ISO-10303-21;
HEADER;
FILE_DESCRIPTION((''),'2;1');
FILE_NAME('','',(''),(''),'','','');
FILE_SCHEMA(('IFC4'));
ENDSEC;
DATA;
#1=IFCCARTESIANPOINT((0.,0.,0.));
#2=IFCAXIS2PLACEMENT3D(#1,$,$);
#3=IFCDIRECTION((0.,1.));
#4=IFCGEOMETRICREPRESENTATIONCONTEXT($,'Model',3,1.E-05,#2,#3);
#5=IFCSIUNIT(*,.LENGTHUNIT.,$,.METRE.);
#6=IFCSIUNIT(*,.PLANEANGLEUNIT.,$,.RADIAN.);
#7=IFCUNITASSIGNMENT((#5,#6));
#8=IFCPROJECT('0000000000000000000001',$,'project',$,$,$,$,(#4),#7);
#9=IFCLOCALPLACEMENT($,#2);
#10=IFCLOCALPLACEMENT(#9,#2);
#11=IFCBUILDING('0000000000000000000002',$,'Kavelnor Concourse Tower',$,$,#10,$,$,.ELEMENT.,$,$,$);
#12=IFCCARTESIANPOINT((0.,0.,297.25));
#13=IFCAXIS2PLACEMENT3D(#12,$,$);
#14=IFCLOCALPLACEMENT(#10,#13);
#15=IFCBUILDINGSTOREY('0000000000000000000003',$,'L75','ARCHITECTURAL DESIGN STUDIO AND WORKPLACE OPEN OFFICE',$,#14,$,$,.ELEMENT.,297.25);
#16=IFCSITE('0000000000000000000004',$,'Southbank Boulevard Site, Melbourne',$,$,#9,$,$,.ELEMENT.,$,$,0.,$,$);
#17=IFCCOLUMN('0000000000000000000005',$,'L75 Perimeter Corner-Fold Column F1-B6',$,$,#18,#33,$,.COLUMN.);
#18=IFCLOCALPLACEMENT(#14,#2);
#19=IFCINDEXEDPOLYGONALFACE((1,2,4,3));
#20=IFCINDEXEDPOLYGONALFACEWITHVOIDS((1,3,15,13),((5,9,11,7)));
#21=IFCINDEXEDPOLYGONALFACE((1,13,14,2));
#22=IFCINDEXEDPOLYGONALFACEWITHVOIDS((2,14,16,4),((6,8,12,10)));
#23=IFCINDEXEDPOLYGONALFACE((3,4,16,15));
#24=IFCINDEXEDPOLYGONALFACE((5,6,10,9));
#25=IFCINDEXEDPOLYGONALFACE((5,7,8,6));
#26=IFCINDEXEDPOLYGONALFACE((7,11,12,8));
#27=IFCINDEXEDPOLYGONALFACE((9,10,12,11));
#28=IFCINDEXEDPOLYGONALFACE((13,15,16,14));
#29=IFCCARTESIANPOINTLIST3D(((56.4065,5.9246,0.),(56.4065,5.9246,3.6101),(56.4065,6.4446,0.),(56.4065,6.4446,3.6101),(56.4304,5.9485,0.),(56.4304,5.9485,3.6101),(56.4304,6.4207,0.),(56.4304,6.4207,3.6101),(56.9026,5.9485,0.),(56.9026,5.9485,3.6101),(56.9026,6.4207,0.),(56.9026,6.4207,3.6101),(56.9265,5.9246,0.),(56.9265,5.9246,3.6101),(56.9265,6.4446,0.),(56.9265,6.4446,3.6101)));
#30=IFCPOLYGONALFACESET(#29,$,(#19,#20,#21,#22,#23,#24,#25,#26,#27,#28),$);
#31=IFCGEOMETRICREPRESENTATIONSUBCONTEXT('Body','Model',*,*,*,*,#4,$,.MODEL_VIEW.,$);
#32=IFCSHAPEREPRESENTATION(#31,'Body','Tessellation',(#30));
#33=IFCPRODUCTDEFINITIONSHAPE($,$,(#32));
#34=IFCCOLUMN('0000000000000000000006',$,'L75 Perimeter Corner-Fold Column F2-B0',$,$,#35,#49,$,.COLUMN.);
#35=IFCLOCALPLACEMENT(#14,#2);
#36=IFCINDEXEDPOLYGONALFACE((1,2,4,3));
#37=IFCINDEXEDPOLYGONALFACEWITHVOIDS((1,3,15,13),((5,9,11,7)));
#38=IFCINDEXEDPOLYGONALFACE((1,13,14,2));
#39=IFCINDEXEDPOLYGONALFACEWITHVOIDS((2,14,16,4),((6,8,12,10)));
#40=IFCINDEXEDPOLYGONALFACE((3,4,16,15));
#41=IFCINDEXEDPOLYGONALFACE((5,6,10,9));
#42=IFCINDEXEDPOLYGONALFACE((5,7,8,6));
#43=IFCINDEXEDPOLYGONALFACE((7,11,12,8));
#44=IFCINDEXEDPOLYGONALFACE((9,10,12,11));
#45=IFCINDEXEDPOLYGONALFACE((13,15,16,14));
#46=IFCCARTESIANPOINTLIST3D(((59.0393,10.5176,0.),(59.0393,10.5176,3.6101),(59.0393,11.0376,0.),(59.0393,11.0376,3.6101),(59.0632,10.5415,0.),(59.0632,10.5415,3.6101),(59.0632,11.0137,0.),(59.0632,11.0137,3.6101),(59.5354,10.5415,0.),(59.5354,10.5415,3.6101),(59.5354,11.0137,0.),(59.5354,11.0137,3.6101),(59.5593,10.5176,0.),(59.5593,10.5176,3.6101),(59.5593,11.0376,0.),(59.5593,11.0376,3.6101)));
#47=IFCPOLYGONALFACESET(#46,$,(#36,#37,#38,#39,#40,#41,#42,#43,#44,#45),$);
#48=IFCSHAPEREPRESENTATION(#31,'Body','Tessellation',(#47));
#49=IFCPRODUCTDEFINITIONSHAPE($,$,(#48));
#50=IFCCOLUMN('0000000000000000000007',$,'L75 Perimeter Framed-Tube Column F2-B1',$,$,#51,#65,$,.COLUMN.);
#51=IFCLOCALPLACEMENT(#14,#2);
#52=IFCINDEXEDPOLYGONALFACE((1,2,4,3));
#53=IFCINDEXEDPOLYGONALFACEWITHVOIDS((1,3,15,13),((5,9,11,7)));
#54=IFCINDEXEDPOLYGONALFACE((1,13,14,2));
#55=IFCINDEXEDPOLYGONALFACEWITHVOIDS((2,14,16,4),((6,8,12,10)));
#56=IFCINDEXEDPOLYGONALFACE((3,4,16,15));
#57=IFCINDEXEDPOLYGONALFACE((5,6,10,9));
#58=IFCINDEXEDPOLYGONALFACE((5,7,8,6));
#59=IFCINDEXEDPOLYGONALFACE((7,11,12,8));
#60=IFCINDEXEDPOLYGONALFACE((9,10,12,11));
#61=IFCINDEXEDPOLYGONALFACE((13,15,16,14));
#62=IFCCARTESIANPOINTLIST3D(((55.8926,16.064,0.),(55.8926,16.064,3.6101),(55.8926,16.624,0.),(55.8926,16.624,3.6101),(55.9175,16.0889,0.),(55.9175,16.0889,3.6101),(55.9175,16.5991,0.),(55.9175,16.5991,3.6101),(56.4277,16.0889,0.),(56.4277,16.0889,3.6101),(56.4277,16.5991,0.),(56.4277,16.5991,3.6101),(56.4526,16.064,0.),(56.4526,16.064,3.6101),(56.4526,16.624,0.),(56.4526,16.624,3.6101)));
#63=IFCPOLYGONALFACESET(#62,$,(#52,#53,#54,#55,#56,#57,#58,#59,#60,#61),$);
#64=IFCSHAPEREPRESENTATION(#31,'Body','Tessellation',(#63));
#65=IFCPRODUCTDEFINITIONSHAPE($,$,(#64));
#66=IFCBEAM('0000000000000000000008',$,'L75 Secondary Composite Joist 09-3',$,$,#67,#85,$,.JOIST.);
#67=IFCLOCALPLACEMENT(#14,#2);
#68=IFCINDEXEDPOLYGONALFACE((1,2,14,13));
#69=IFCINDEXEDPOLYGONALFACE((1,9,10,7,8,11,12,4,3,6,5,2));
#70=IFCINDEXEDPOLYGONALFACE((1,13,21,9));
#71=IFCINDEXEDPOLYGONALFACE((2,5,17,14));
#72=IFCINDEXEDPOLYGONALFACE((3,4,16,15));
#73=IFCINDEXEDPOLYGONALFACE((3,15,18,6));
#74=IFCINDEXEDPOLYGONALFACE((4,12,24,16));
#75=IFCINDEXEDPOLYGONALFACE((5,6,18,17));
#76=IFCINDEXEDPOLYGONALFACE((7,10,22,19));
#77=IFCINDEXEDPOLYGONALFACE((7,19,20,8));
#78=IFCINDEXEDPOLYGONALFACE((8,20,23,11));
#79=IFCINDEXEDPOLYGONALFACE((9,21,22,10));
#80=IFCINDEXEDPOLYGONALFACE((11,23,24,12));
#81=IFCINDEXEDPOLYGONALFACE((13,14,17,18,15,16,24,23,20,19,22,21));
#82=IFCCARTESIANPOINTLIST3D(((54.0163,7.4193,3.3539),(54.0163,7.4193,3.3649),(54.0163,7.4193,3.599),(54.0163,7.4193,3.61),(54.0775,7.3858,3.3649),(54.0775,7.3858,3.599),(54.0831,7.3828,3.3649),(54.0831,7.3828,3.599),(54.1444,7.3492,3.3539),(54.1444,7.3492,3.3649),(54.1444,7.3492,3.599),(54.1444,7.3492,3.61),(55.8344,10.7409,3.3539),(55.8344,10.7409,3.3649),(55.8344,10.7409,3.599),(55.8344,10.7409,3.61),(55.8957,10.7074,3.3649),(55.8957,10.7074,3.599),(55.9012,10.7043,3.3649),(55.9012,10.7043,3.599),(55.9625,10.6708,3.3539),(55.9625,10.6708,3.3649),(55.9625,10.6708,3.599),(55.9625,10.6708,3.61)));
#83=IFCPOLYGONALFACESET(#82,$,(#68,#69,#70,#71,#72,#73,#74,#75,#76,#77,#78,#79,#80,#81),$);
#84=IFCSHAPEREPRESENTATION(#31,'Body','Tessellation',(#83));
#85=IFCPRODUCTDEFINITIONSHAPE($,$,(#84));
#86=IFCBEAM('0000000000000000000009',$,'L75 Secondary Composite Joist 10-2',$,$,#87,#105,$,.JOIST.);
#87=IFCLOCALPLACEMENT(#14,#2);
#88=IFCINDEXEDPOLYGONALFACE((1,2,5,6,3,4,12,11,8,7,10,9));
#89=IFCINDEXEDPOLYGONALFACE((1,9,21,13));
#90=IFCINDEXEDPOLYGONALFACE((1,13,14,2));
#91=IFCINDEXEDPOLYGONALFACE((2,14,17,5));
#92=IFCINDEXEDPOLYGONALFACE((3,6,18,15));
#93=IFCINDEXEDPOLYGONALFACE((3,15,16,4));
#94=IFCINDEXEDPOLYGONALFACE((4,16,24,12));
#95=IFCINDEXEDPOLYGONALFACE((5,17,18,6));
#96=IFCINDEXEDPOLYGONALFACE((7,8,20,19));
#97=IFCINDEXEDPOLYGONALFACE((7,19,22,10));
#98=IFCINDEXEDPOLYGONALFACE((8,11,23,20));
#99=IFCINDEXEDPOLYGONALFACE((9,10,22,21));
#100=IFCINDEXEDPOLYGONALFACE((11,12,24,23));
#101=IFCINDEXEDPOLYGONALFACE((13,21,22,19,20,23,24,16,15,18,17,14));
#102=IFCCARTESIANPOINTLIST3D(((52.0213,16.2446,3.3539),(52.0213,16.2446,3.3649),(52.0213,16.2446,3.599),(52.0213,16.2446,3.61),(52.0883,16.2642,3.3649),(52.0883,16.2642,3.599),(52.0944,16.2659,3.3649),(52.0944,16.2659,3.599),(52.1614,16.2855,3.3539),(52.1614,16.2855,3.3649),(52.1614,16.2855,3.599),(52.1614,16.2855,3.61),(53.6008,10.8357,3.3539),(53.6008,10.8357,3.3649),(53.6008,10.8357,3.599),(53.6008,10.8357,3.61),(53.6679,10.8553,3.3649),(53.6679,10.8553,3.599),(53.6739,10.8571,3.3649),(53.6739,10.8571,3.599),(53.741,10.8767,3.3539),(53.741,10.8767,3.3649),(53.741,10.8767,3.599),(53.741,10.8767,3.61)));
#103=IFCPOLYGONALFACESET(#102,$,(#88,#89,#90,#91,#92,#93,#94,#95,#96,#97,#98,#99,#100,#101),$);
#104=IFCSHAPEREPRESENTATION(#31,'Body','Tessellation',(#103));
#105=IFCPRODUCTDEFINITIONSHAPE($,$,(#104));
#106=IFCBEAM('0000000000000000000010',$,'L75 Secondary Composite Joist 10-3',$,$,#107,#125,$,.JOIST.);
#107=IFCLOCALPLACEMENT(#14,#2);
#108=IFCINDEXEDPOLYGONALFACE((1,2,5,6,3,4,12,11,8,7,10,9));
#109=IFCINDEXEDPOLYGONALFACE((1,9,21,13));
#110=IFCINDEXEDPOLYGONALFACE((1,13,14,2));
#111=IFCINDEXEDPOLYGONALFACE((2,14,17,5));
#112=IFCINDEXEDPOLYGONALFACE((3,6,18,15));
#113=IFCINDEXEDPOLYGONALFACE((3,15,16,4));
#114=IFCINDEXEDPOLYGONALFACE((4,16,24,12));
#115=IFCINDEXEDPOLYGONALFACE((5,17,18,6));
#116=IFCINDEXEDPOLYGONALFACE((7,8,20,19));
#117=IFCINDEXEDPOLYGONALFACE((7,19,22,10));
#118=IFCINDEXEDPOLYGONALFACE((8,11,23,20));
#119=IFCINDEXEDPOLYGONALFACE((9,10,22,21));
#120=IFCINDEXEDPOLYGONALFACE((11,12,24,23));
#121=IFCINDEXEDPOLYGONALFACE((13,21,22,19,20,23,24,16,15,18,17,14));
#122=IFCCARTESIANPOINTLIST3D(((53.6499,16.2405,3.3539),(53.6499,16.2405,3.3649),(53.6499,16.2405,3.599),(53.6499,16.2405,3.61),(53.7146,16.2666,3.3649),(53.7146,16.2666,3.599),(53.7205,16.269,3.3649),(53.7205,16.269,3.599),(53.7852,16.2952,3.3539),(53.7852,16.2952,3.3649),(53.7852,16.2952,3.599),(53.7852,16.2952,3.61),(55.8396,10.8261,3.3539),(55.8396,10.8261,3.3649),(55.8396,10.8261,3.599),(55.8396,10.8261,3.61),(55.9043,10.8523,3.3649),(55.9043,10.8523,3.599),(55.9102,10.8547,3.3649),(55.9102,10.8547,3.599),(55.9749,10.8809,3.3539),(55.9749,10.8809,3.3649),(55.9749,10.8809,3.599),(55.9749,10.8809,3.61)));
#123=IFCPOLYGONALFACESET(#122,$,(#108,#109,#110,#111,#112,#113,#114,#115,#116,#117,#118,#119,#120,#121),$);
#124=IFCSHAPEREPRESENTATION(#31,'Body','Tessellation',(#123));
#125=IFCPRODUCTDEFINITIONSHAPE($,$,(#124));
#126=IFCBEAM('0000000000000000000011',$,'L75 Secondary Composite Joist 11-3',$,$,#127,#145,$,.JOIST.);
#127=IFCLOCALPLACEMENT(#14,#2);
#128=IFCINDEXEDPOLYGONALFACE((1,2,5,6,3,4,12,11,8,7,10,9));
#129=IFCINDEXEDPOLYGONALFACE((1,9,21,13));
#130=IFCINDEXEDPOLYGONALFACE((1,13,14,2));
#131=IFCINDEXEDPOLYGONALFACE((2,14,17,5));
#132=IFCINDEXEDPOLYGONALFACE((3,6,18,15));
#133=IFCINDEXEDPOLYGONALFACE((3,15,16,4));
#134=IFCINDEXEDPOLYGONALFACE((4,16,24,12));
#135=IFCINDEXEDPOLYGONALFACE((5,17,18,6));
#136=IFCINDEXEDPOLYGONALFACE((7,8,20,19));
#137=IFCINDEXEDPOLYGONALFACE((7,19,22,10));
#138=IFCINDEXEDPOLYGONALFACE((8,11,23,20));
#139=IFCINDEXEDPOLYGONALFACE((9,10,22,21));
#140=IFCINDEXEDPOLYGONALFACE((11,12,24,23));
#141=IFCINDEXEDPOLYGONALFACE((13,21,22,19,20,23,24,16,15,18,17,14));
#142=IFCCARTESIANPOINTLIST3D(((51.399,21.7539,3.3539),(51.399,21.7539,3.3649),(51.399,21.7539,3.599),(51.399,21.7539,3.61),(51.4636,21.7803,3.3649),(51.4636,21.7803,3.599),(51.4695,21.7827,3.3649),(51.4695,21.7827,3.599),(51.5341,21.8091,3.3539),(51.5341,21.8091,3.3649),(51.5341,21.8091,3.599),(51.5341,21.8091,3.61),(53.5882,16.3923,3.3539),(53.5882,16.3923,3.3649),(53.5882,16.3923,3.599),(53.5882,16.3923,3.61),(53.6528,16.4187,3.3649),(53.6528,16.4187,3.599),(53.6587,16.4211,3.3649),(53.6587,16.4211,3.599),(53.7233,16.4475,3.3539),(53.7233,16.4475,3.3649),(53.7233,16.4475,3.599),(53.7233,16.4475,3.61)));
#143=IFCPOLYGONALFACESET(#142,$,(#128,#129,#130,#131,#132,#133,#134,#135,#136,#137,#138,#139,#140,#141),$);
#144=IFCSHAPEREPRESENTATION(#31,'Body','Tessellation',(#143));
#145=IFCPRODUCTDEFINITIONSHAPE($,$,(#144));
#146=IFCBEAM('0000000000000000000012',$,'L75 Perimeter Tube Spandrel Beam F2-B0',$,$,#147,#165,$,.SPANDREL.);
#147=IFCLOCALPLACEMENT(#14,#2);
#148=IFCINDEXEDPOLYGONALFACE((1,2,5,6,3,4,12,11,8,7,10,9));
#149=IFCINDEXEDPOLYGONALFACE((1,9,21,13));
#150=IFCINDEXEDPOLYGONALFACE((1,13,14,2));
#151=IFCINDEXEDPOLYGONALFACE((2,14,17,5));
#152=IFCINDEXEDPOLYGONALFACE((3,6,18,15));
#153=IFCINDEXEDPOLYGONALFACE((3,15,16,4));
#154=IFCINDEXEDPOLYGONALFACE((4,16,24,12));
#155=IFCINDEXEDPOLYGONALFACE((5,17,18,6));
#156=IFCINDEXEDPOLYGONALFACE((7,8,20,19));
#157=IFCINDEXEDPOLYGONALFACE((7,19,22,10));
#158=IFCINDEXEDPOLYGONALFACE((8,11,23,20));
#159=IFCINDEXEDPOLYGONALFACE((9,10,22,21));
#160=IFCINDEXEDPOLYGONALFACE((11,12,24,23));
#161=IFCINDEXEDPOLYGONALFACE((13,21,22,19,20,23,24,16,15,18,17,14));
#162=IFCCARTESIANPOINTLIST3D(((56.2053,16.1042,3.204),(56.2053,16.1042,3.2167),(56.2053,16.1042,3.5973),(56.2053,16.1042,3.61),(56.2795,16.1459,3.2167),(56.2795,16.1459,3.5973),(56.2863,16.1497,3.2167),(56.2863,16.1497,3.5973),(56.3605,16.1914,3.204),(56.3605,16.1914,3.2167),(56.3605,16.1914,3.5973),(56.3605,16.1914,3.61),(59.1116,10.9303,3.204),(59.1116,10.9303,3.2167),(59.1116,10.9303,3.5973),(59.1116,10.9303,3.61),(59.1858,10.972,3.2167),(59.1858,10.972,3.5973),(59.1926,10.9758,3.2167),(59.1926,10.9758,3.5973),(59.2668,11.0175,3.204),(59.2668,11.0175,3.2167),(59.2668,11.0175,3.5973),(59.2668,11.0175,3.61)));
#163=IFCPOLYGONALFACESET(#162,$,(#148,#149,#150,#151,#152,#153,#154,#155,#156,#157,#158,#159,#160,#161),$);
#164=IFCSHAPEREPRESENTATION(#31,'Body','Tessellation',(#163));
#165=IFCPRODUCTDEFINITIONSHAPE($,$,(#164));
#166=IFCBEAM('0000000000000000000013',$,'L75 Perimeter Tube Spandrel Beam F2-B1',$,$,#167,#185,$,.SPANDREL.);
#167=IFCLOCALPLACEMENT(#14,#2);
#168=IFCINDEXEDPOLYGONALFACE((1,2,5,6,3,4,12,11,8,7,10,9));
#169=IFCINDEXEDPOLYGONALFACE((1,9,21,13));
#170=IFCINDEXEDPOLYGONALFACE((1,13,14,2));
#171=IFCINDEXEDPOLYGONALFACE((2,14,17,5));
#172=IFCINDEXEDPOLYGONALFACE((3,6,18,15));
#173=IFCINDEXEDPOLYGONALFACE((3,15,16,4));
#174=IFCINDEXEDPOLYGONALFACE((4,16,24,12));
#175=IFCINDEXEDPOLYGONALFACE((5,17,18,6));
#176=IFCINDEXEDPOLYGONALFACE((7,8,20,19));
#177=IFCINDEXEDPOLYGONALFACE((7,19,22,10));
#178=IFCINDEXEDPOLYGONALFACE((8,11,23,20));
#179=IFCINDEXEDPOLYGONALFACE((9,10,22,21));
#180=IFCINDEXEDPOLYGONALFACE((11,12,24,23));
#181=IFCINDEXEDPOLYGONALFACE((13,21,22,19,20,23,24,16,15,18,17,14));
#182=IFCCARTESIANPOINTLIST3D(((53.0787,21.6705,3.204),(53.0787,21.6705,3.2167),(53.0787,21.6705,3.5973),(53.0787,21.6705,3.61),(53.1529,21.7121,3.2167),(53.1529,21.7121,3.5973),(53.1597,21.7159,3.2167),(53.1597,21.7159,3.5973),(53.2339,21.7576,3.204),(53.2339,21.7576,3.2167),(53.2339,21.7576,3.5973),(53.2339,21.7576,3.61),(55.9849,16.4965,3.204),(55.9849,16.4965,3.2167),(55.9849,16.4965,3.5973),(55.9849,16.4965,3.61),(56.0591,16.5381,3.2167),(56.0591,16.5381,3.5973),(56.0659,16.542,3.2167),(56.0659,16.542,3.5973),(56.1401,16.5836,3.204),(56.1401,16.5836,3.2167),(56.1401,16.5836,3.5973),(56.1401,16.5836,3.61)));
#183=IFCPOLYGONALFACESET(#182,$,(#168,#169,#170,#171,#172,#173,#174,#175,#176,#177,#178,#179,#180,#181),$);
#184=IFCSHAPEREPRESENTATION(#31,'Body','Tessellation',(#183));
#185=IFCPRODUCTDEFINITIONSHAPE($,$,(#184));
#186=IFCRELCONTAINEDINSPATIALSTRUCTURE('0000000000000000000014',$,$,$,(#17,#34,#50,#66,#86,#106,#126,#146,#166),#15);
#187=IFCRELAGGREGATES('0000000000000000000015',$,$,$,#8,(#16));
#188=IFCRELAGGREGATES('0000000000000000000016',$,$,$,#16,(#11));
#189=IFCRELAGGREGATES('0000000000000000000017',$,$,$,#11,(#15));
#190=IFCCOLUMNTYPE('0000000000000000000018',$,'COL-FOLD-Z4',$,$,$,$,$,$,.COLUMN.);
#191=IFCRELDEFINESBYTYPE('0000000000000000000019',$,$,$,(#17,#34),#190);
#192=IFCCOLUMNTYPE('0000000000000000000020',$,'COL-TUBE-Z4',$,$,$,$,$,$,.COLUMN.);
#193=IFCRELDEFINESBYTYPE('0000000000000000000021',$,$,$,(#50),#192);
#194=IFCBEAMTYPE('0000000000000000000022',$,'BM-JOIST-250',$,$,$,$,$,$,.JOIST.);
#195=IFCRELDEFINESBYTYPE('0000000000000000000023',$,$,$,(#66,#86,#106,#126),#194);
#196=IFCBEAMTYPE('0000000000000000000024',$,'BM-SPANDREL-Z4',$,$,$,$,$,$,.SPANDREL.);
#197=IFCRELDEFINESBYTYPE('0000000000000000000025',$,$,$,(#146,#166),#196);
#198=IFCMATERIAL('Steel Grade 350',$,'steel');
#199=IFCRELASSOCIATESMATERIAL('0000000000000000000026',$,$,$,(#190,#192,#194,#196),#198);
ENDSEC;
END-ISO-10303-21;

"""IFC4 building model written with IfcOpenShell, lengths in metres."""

from ifc_helpers import new_model, si_unit, direction, frame, origin, origin_2d, place, context, subcontext, project, spatial, hollow_rectangle, i_section, extrude, material, material_profile, profile_set, type_object, element, save


model = new_model("IFC4")

# Units and contexts
model_context = context("Model", 3, precision=1e-05, world=origin(), true_north=direction((0.0, 1.0)))
body_context = subcontext(model_context, "Body", "Model", "MODEL_VIEW")
ifc_project = project(units=[si_unit("LENGTHUNIT", "METRE"), si_unit("PLANEANGLEUNIT", "RADIAN")], contexts=[model_context])

# Site, building, storey
site_placement = place(None, origin())
site = spatial("IfcSite", under=ifc_project, at=site_placement, Name="Southbank Boulevard Site, Melbourne", CompositionType="ELEMENT", RefElevation=0.0)
building_placement = place(site_placement, origin())
building = spatial("IfcBuilding", under=site, at=building_placement, Name="Kavelnor Concourse Tower", CompositionType="ELEMENT")
storey_placement = place(building_placement, frame((0.0, 0.0, 297.25)))
storey = spatial("IfcBuildingStorey", under=building, at=storey_placement, Name="L75", Description="ARCHITECTURAL DESIGN STUDIO AND WORKPLACE OPEN OFFICE", CompositionType="ELEMENT", Elevation=297.25)

# Columns
ifc_material_1 = material(Name="Steel Grade 350", Category="steel")
ifc_material_profile_1 = material_profile(ifc_material_1, hollow_rectangle(XDim=0.52, YDim=0.52, WallThickness=0.0239, at=origin_2d()), Name="SHS 520x520x24")
ifc_profile_set_1 = profile_set([ifc_material_profile_1], Name="Steel Grade 350")
column_type_1 = type_object("IfcColumnType", Name="COL-FOLD-Z4", PredefinedType="COLUMN", material=ifc_profile_set_1)
for number, where, z_axis, x_axis, name in (
    (1, (56.6665, 6.1846, 0.0), (0.0, 0.0, 1.0), (1.0, 0.0, 0.0), "L75 Perimeter Corner-Fold Column F1-B6"),
    (2, (59.2993, 10.7776, 0.0), (0.0, 0.0, 1.0), (1.0, 0.0, 0.0), "L75 Perimeter Corner-Fold Column F2-B0"),
):
    element("IfcColumn", number, at=place(storey_placement, frame(where, z_axis=z_axis, x_axis=x_axis)), inside=storey, type_object=column_type_1, Name=name, PredefinedType="COLUMN", context=body_context, shape_type="SweptSolid", body=[
        extrude(hollow_rectangle(XDim=0.52, YDim=0.52, WallThickness=0.0239, at=origin_2d()), origin(), (0.0, 0.0, 1.0), 3.6101),
    ])
ifc_material_profile_2 = material_profile(ifc_material_1, hollow_rectangle(XDim=0.5601, YDim=0.5601, WallThickness=0.0249, at=origin_2d()), Name="SHS 560x560x25")
ifc_profile_set_2 = profile_set([ifc_material_profile_2], Name="Steel Grade 350")
column_type_2 = type_object("IfcColumnType", Name="COL-TUBE-Z4", PredefinedType="COLUMN", material=ifc_profile_set_2)
column_placement = place(storey_placement, frame((56.1726, 16.344, 0.0), z_axis=(0.0, 0.0, 1.0), x_axis=(1.0, 0.0, 0.0)))
element("IfcColumn", 3, at=column_placement, inside=storey, type_object=column_type_2, Name="L75 Perimeter Framed-Tube Column F2-B1", PredefinedType="COLUMN", context=body_context, shape_type="SweptSolid", body=[
    extrude(hollow_rectangle(XDim=0.5601, YDim=0.5601, WallThickness=0.0249, at=origin_2d()), origin(), (0.0, 0.0, 1.0), 3.6101),
])

# Beams
ifc_material_profile_3 = material_profile(ifc_material_1, i_section(OverallWidth=0.146, OverallDepth=0.2561, WebThickness=0.0063, FlangeThickness=0.011, at=origin_2d()), Name="250UB37")
ifc_profile_set_3 = profile_set([ifc_material_profile_3], Name="Steel Grade 350")
beam_type_1 = type_object("IfcBeamType", Name="BM-JOIST-250", PredefinedType="JOIST", material=ifc_profile_set_3)
beam_1_placement = place(storey_placement, frame((54.0803, 7.3843, 3.4819), z_axis=(0.480148, 0.877187, 0.0), x_axis=(-0.877187, 0.480148, 0.0)))
element("IfcBeam", 4, at=beam_1_placement, inside=storey, type_object=beam_type_1, Name="L75 Secondary Composite Joist 09-3", PredefinedType="JOIST", context=body_context, shape_type="SweptSolid", body=[
    extrude(i_section(OverallWidth=0.146, OverallDepth=0.2561, WebThickness=0.0063, FlangeThickness=0.011, at=origin_2d()), origin(), (0.0, 0.0, 1.0), 3.7866),
])
beam_2_placement = place(storey_placement, frame((53.6709, 10.8562, 3.4819), z_axis=(-0.280324, 0.959905, 0.0), x_axis=(-0.959905, -0.280324, 0.0)))
element("IfcBeam", 5, at=beam_2_placement, inside=storey, type_object=beam_type_1, Name="L75 Secondary Composite Joist 10-2", PredefinedType="JOIST", context=body_context, shape_type="SweptSolid", body=[
    extrude(i_section(OverallWidth=0.146, OverallDepth=0.2561, WebThickness=0.0063, FlangeThickness=0.011, at=origin_2d()), origin(), (0.0, 0.0, 1.0), 5.6348),
])
beam_3_placement = place(storey_placement, frame((55.9072, 10.8535, 3.4819), z_axis=(-0.374927, 0.927054, 0.0), x_axis=(-0.927054, -0.374927, 0.0)))
element("IfcBeam", 6, at=beam_3_placement, inside=storey, type_object=beam_type_1, Name="L75 Secondary Composite Joist 10-3", PredefinedType="JOIST", context=body_context, shape_type="SweptSolid", body=[
    extrude(i_section(OverallWidth=0.146, OverallDepth=0.2561, WebThickness=0.0063, FlangeThickness=0.011, at=origin_2d()), origin(), (0.0, 0.0, 1.0), 5.8403),
])
beam_4_placement = place(storey_placement, frame((53.6558, 16.4199, 3.4819), z_axis=(-0.378017, 0.925799, 0.0), x_axis=(-0.925799, -0.378017, 0.0)))
element("IfcBeam", 7, at=beam_4_placement, inside=storey, type_object=beam_type_1, Name="L75 Secondary Composite Joist 11-3", PredefinedType="JOIST", context=body_context, shape_type="SweptSolid", body=[
    extrude(i_section(OverallWidth=0.146, OverallDepth=0.2561, WebThickness=0.0063, FlangeThickness=0.011, at=origin_2d()), origin(), (0.0, 0.0, 1.0), 5.7913),
])
ifc_material_profile_4 = material_profile(ifc_material_1, i_section(OverallWidth=0.178, OverallDepth=0.406, WebThickness=0.0078, FlangeThickness=0.0127, at=origin_2d()), Name="410UB59")
ifc_profile_set_4 = profile_set([ifc_material_profile_4], Name="Steel Grade 350")
beam_type_2 = type_object("IfcBeamType", Name="BM-SPANDREL-Z4", PredefinedType="SPANDREL", material=ifc_profile_set_4)
for number, where, z_axis, x_axis, name in (
    (8, (59.1892, 10.9739, 3.407), (-0.489745, 0.871865, 0.0), (-0.871865, -0.489745, 0.0), "L75 Perimeter Tube Spandrel Beam F2-B0"),
    (9, (56.0625, 16.54, 3.407), (-0.489728, 0.871875, 0.0), (-0.871875, -0.489728, 0.0), "L75 Perimeter Tube Spandrel Beam F2-B1"),
):
    element("IfcBeam", number, at=place(storey_placement, frame(where, z_axis=z_axis, x_axis=x_axis)), inside=storey, type_object=beam_type_2, Name=name, PredefinedType="SPANDREL", context=body_context, shape_type="SweptSolid", body=[
        extrude(i_section(OverallWidth=0.178, OverallDepth=0.406, WebThickness=0.0078, FlangeThickness=0.0127, at=origin_2d()), origin(), (0.0, 0.0, 1.0), 5.9343),
    ])

save(model, "model.ifc")
